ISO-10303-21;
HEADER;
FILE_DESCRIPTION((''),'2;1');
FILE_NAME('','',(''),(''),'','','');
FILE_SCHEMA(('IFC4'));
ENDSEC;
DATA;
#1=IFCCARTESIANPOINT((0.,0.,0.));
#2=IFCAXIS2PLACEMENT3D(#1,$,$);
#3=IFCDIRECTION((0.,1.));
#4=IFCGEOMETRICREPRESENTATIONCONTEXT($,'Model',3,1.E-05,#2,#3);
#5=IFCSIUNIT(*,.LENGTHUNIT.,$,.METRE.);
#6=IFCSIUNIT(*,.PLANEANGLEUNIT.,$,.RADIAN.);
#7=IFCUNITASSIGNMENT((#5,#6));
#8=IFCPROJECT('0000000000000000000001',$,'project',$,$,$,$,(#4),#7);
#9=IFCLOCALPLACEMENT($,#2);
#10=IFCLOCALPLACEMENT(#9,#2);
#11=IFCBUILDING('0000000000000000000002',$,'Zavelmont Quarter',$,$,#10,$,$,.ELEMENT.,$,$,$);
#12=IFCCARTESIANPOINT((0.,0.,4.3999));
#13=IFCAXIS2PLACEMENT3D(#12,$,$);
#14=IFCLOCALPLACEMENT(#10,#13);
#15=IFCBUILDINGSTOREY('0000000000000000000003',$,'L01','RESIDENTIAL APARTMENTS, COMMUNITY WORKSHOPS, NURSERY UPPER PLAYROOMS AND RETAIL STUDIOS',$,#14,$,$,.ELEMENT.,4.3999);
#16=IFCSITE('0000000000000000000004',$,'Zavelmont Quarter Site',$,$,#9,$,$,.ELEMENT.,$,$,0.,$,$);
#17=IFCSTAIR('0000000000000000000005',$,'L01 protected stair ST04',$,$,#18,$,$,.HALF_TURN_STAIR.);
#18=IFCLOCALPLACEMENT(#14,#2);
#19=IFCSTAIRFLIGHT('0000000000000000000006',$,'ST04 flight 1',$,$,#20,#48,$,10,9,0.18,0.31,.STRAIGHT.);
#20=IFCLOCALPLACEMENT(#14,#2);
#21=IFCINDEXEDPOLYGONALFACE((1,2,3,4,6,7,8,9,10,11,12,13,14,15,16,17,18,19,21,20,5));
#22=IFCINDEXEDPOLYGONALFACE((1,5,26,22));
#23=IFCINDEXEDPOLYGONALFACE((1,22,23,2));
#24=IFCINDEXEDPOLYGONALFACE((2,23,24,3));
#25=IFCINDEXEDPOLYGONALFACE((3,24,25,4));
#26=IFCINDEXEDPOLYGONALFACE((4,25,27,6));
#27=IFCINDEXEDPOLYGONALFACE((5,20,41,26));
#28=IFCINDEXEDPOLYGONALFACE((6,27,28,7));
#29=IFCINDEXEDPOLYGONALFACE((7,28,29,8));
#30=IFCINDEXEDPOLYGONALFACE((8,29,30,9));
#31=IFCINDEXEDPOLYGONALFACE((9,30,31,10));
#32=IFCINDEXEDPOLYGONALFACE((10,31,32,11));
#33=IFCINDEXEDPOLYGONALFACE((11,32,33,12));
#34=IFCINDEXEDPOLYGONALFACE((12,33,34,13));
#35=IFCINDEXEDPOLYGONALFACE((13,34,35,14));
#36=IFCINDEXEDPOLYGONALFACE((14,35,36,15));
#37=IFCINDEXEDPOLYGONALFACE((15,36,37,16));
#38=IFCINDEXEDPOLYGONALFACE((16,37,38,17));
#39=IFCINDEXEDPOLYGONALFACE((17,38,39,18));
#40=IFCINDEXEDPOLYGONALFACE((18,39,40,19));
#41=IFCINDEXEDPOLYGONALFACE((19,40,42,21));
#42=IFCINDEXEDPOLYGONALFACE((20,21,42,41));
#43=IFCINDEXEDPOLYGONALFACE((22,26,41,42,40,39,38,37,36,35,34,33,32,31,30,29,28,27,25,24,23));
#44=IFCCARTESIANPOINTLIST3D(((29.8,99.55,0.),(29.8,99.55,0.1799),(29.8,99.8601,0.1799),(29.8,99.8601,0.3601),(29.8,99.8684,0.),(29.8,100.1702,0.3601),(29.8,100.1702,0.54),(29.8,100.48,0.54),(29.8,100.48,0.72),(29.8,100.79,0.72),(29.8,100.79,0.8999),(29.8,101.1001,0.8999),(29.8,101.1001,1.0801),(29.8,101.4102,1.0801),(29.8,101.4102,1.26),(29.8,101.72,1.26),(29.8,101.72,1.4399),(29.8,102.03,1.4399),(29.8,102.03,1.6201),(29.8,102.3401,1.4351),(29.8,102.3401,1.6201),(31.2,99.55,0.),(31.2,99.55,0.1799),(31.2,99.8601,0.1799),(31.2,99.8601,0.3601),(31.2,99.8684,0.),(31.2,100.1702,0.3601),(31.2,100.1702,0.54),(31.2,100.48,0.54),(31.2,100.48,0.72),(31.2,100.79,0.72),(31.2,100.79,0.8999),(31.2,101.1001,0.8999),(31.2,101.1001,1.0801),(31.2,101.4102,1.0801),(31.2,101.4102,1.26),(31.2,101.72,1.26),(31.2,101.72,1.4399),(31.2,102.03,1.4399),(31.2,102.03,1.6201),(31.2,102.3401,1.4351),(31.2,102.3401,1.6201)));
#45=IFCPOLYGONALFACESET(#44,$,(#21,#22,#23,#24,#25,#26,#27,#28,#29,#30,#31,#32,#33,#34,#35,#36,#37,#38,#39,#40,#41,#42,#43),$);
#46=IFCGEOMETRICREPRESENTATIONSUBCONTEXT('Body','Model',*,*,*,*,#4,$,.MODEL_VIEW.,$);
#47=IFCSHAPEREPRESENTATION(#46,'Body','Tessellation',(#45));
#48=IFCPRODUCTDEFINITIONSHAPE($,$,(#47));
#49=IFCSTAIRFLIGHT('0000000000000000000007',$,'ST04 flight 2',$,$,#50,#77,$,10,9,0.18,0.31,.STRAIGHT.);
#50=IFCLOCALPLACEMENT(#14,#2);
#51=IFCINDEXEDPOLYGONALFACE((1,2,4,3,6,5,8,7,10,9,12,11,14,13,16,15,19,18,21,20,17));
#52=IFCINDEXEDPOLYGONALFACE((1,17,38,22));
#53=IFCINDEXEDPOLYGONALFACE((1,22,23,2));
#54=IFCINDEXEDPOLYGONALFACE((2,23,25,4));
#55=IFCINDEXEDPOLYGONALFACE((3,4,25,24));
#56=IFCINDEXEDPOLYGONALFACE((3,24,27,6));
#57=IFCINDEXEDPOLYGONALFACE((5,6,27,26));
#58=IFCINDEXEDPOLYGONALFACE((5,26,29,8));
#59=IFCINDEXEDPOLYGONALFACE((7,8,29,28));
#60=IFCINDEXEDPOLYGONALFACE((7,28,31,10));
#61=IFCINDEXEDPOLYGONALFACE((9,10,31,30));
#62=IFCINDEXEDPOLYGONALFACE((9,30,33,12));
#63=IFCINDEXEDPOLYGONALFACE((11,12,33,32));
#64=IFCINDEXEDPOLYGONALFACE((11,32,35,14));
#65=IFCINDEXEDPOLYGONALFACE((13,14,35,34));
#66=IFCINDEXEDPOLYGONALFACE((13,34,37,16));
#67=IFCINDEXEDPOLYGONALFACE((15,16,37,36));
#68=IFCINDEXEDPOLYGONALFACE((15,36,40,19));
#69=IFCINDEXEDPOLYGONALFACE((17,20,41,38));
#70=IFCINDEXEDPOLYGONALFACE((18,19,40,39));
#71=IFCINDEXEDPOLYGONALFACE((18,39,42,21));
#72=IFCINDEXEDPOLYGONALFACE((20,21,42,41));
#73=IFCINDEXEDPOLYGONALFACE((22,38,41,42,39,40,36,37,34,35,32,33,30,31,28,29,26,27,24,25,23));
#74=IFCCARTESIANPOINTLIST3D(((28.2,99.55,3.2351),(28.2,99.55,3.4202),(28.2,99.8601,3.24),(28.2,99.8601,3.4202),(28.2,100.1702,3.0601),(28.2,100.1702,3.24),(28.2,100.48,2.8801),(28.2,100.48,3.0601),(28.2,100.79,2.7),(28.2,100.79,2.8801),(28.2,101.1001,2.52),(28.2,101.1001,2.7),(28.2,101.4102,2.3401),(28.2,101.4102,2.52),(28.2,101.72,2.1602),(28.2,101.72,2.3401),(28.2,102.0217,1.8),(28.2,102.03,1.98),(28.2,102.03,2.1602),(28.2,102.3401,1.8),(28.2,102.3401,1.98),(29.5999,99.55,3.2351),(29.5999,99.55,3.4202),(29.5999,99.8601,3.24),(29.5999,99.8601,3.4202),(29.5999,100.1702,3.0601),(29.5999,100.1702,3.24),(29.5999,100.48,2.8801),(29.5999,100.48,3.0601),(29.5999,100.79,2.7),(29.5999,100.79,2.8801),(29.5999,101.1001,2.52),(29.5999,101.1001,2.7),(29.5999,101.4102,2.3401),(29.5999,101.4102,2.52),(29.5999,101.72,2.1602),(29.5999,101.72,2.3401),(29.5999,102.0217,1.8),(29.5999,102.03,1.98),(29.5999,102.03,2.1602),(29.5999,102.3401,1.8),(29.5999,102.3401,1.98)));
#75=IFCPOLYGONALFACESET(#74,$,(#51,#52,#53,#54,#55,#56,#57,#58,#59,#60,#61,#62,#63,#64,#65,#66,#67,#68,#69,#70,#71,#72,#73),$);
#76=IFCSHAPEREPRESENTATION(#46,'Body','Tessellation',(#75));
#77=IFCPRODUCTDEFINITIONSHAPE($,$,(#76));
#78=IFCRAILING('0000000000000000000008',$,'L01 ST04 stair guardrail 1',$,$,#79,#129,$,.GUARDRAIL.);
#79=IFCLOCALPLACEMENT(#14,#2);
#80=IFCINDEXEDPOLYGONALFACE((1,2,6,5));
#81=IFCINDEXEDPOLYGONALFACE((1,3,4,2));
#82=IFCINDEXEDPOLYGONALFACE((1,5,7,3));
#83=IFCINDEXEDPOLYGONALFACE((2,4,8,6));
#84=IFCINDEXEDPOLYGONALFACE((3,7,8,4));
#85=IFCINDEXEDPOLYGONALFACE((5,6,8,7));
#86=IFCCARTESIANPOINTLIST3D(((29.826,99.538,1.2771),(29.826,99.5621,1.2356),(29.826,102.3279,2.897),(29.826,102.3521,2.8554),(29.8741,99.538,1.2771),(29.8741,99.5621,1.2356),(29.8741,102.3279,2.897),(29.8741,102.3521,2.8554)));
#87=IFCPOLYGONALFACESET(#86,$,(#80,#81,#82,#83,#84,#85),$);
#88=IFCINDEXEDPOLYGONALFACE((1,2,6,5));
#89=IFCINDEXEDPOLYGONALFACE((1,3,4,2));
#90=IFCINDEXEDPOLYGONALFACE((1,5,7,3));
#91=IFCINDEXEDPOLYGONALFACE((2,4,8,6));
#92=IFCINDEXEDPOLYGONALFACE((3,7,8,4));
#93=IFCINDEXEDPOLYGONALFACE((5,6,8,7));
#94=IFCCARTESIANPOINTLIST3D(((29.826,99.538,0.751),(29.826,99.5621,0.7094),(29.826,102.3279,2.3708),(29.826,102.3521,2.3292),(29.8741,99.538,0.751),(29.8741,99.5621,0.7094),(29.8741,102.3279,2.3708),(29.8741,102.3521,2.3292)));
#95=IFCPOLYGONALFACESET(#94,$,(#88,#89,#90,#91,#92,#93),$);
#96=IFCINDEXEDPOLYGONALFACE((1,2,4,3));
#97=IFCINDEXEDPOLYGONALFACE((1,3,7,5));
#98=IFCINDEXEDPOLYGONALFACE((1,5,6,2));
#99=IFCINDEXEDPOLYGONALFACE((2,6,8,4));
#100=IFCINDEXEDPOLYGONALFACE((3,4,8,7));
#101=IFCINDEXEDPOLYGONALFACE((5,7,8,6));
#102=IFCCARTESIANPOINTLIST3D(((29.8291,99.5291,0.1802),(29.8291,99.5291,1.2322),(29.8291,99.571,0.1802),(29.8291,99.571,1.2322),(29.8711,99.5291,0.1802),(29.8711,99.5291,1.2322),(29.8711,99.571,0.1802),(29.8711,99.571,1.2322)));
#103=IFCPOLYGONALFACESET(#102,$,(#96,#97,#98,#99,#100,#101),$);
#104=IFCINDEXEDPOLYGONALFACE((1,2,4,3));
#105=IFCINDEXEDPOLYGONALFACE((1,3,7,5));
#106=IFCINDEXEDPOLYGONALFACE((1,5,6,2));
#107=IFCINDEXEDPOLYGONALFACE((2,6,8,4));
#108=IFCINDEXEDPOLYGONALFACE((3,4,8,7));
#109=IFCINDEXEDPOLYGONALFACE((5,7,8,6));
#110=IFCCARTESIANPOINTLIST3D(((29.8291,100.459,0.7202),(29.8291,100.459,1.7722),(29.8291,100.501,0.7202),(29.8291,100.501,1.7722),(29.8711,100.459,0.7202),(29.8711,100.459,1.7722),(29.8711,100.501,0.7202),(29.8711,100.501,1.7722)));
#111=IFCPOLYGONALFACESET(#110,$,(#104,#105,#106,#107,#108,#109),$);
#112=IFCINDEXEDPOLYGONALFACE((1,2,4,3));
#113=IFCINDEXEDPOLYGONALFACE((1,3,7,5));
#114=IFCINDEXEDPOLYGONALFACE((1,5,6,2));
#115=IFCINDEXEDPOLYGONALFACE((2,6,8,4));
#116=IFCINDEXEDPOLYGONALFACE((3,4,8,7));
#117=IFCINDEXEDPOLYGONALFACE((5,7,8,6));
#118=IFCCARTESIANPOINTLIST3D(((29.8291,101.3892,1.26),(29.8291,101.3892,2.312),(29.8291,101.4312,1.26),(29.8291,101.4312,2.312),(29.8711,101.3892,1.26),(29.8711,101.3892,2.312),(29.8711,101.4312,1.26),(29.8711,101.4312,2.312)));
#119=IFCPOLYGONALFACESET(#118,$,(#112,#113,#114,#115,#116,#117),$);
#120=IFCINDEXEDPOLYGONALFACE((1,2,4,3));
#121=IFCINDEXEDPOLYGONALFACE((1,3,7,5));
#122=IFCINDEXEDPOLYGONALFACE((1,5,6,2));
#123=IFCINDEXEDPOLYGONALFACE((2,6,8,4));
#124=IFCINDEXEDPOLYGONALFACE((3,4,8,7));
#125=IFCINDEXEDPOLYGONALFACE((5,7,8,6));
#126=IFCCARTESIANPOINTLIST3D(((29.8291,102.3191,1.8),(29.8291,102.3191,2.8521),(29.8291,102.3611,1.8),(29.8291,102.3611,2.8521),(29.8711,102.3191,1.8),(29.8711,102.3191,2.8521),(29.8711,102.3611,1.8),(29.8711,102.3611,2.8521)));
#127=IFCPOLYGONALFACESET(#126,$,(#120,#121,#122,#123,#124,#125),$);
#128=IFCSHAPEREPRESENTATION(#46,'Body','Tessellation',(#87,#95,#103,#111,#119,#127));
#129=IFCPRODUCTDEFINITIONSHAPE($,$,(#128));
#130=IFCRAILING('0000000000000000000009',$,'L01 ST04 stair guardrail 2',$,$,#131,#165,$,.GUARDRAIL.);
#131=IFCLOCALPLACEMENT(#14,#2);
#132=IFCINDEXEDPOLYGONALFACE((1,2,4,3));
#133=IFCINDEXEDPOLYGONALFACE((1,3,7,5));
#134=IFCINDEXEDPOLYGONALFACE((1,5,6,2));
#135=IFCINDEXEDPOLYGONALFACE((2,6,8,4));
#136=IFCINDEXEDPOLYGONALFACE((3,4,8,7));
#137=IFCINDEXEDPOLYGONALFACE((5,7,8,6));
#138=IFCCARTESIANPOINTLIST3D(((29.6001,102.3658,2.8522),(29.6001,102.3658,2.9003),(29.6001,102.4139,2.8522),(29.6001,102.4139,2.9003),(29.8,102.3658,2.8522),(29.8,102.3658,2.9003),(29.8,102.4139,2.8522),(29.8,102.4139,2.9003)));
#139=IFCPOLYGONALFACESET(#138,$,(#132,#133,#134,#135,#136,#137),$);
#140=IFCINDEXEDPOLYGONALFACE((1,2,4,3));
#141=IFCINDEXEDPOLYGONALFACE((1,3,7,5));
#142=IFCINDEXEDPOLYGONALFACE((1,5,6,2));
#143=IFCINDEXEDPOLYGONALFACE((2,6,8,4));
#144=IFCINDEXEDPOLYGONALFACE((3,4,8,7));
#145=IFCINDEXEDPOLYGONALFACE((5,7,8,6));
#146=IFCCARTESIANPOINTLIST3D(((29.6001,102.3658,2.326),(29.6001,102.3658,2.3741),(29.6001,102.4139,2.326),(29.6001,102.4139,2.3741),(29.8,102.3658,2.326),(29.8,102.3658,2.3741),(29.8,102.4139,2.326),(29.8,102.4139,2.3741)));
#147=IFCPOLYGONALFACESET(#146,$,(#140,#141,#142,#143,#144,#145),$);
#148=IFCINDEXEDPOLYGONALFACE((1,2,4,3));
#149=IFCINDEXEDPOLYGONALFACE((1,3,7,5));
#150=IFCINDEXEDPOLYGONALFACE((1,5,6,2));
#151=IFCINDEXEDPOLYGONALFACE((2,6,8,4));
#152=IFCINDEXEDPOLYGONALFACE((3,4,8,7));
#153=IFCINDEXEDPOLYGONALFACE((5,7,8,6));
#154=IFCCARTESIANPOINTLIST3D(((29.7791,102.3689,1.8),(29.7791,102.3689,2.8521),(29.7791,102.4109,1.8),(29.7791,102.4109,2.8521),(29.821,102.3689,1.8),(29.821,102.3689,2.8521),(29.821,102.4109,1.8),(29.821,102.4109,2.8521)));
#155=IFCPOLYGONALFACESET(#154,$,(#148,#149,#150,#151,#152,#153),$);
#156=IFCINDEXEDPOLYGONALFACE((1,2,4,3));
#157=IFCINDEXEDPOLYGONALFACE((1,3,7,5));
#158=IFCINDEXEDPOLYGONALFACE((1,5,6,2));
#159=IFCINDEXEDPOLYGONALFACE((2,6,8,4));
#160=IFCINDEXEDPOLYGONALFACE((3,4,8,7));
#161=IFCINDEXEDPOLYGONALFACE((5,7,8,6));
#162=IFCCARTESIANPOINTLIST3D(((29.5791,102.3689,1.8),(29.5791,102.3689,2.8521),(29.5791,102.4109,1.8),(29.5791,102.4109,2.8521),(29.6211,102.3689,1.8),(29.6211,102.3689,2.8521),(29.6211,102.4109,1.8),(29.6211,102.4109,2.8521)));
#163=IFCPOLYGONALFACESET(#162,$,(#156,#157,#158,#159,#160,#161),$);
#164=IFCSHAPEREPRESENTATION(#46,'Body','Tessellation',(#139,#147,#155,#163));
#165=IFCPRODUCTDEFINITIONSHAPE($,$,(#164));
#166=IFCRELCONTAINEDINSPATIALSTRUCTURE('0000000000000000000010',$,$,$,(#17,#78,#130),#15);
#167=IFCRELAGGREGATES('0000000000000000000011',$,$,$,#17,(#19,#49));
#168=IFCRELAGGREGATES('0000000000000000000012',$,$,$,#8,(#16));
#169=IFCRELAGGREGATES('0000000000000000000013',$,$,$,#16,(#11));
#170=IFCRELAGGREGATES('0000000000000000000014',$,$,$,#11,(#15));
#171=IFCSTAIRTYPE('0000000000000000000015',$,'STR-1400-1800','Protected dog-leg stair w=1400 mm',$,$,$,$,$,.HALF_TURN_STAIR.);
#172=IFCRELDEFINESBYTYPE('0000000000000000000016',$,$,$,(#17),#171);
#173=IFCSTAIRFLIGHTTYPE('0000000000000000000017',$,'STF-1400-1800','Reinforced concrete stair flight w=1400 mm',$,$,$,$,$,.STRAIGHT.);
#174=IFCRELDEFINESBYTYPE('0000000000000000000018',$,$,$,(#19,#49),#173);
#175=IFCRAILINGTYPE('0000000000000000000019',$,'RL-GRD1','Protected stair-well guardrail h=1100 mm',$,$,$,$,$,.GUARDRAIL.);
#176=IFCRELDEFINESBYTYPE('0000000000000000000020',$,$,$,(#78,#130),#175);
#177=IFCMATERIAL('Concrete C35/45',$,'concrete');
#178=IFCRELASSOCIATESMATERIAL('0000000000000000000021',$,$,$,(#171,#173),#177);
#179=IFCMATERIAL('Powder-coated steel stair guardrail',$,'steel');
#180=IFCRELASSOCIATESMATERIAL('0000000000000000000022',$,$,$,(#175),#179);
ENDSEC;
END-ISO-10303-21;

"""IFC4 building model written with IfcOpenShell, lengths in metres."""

from ifc_helpers import new_model, si_unit, direction, frame, origin, origin_2d, place, context, subcontext, project, spatial, polyline, rectangle, outline, extrude, material, type_object, element, aggregate, save


model = new_model("IFC4")

# Units and contexts
model_context = context("Model", 3, precision=1e-05, world=origin(), true_north=direction((0.0, 1.0)))
body_context = subcontext(model_context, "Body", "Model", "MODEL_VIEW")
ifc_project = project(units=[si_unit("LENGTHUNIT", "METRE"), si_unit("PLANEANGLEUNIT", "RADIAN")], contexts=[model_context])

# Site, building, storey
site_placement = place(None, origin())
site = spatial("IfcSite", under=ifc_project, at=site_placement, Name="Zavelmont Quarter Site", CompositionType="ELEMENT", RefElevation=0.0)
building_placement = place(site_placement, origin())
building = spatial("IfcBuilding", under=site, at=building_placement, Name="Zavelmont Quarter", CompositionType="ELEMENT")
storey_placement = place(building_placement, frame((0.0, 0.0, 4.3999)))
storey = spatial("IfcBuildingStorey", under=building, at=storey_placement, Name="L01", Description="RESIDENTIAL APARTMENTS, COMMUNITY WORKSHOPS, NURSERY UPPER PLAYROOMS AND RETAIL STUDIOS", CompositionType="ELEMENT", Elevation=4.3999)

# Shared definitions
ifc_material_1 = material(Name="Concrete C35/45", Category="concrete")

# Stair, stair flights
stair_type = type_object("IfcStairType", Name="STR-1400-1800", Description="Protected dog-leg stair w=1400 mm", PredefinedType="HALF_TURN_STAIR", material=ifc_material_1)
stair_placement = place(storey_placement, origin())
stair = element("IfcStair", 1, at=stair_placement, inside=storey, type_object=stair_type, Name="L01 protected stair ST04", PredefinedType="HALF_TURN_STAIR")
stair_flight_type = type_object("IfcStairFlightType", Name="STF-1400-1800", Description="Reinforced concrete stair flight w=1400 mm", PredefinedType="STRAIGHT", material=ifc_material_1)
stair_flight_1_placement = place(storey_placement, frame((30.5, 99.55, 0.0), z_axis=(0.0, 0.0, 1.0), x_axis=(0.0, 1.0, 0.0)))
stair_flight_1 = element("IfcStairFlight", 2, at=stair_flight_1_placement, type_object=stair_flight_type, Name="ST04 flight 1", NumberOfRisers=10, NumberOfTreads=9, PredefinedType="STRAIGHT", RiserHeight=0.18, TreadLength=0.31, context=body_context, shape_type="SweptSolid", body=[
    extrude(outline(polyline([(0.0, 0.0), (0.0, 0.1799), (0.3101, 0.1799), (0.3101, 0.3601), (0.6201, 0.3601), (0.6201, 0.54), (0.9299, 0.54), (0.9299, 0.72), (1.24, 0.72), (1.24, 0.8999), (1.55, 0.8999), (1.55, 1.0801), (1.8601, 1.0801), (1.8601, 1.26), (2.1699, 1.26), (2.1699, 1.4399), (2.48, 1.4399), (2.48, 1.6201), (2.79, 1.6201), (2.79, 1.8), (2.79, 1.4351), (0.3184, 0.0), (0.0, 0.0)])), frame((0.0, 0.7, 0.0), z_axis=(0.0, -1.0, 0.0), x_axis=(1.0, 0.0, 0.0)), (0.0, 0.0, 1.0), 1.3999),
])
stair_flight_2_placement = place(storey_placement, frame((28.8999, 102.3401, 1.8), z_axis=(0.0, 0.0, 1.0), x_axis=(0.0, -1.0, 0.0)))
stair_flight_2 = element("IfcStairFlight", 3, at=stair_flight_2_placement, type_object=stair_flight_type, Name="ST04 flight 2", NumberOfRisers=10, NumberOfTreads=9, PredefinedType="STRAIGHT", RiserHeight=0.18, TreadLength=0.31, context=body_context, shape_type="SweptSolid", body=[
    extrude(outline(polyline([(0.0, 0.0), (0.0, 0.1799), (0.3101, 0.1799), (0.3101, 0.3601), (0.6201, 0.3601), (0.6201, 0.54), (0.9299, 0.54), (0.9299, 0.72), (1.24, 0.72), (1.24, 0.8999), (1.55, 0.8999), (1.55, 1.0801), (1.8601, 1.0801), (1.8601, 1.26), (2.1699, 1.26), (2.1699, 1.4399), (2.48, 1.4399), (2.48, 1.6201), (2.79, 1.6201), (2.79, 1.8), (2.79, 1.4351), (0.3184, 0.0), (0.0, 0.0)])), frame((0.0, 0.7, 0.0), z_axis=(0.0, -1.0, 0.0), x_axis=(1.0, 0.0, 0.0)), (0.0, 0.0, 1.0), 1.3999),
])
aggregate(stair, [stair_flight_1, stair_flight_2])

# Railings
ifc_material_2 = material(Name="Powder-coated steel stair guardrail", Category="steel")
railing_type_1 = type_object("IfcRailingType", Name="RL-GRD1", Description="Protected stair-well guardrail h=1100 mm", PredefinedType="GUARDRAIL", material=ifc_material_2)
railing_1_placement = place(storey_placement, frame((29.8501, 99.55, 0.1802)))
element("IfcRailing", 4, at=railing_1_placement, inside=storey, type_object=railing_type_1, Name="L01 ST04 stair guardrail 1", PredefinedType="GUARDRAIL", context=body_context, shape_type="SweptSolid", body=[
    extrude(rectangle(XDim=0.0481, YDim=0.0481, at=origin_2d()), frame((0.0, 0.0, 1.0762), z_axis=(0.0, 0.864809, 0.502101), x_axis=(-1.0, 0.0, 0.0)), (0.0, 0.0, 1.0), 3.2261),
    extrude(rectangle(XDim=0.0481, YDim=0.0481, at=origin_2d()), frame((0.0, 0.0, 0.55), z_axis=(0.0, 0.864809, 0.502101), x_axis=(-1.0, 0.0, 0.0)), (0.0, 0.0, 1.0), 3.2261),
    extrude(rectangle(XDim=0.042, YDim=0.042, at=origin_2d()), origin(), (0.0, 0.0, 1.0), 1.052),
    extrude(rectangle(XDim=0.042, YDim=0.042, at=origin_2d()), frame((0.0, 0.9299, 0.54)), (0.0, 0.0, 1.0), 1.052),
    extrude(rectangle(XDim=0.042, YDim=0.042, at=origin_2d()), frame((0.0, 1.8601, 1.0798)), (0.0, 0.0, 1.0), 1.052),
    extrude(rectangle(XDim=0.042, YDim=0.042, at=origin_2d()), frame((0.0, 2.79, 1.6199)), (0.0, 0.0, 1.0), 1.052),
])
railing_2_placement = place(storey_placement, frame((29.8, 102.3899, 1.8)))
element("IfcRailing", 5, at=railing_2_placement, inside=storey, type_object=railing_type_1, Name="L01 ST04 stair guardrail 2", PredefinedType="GUARDRAIL", context=body_context, shape_type="SweptSolid", body=[
    extrude(rectangle(XDim=0.0481, YDim=0.0481, at=origin_2d()), frame((0.0, 0.0, 1.0762), z_axis=(-1.0, 0.0, 0.0), x_axis=(0.0, -1.0, 0.0)), (0.0, 0.0, 1.0), 0.2),
    extrude(rectangle(XDim=0.0481, YDim=0.0481, at=origin_2d()), frame((0.0, 0.0, 0.55), z_axis=(-1.0, 0.0, 0.0), x_axis=(0.0, -1.0, 0.0)), (0.0, 0.0, 1.0), 0.2),
    extrude(rectangle(XDim=0.042, YDim=0.042, at=origin_2d()), origin(), (0.0, 0.0, 1.0), 1.052),
    extrude(rectangle(XDim=0.042, YDim=0.042, at=origin_2d()), frame((-0.2, 0.0, 0.0)), (0.0, 0.0, 1.0), 1.052),
])

save(model, "model.ifc")
